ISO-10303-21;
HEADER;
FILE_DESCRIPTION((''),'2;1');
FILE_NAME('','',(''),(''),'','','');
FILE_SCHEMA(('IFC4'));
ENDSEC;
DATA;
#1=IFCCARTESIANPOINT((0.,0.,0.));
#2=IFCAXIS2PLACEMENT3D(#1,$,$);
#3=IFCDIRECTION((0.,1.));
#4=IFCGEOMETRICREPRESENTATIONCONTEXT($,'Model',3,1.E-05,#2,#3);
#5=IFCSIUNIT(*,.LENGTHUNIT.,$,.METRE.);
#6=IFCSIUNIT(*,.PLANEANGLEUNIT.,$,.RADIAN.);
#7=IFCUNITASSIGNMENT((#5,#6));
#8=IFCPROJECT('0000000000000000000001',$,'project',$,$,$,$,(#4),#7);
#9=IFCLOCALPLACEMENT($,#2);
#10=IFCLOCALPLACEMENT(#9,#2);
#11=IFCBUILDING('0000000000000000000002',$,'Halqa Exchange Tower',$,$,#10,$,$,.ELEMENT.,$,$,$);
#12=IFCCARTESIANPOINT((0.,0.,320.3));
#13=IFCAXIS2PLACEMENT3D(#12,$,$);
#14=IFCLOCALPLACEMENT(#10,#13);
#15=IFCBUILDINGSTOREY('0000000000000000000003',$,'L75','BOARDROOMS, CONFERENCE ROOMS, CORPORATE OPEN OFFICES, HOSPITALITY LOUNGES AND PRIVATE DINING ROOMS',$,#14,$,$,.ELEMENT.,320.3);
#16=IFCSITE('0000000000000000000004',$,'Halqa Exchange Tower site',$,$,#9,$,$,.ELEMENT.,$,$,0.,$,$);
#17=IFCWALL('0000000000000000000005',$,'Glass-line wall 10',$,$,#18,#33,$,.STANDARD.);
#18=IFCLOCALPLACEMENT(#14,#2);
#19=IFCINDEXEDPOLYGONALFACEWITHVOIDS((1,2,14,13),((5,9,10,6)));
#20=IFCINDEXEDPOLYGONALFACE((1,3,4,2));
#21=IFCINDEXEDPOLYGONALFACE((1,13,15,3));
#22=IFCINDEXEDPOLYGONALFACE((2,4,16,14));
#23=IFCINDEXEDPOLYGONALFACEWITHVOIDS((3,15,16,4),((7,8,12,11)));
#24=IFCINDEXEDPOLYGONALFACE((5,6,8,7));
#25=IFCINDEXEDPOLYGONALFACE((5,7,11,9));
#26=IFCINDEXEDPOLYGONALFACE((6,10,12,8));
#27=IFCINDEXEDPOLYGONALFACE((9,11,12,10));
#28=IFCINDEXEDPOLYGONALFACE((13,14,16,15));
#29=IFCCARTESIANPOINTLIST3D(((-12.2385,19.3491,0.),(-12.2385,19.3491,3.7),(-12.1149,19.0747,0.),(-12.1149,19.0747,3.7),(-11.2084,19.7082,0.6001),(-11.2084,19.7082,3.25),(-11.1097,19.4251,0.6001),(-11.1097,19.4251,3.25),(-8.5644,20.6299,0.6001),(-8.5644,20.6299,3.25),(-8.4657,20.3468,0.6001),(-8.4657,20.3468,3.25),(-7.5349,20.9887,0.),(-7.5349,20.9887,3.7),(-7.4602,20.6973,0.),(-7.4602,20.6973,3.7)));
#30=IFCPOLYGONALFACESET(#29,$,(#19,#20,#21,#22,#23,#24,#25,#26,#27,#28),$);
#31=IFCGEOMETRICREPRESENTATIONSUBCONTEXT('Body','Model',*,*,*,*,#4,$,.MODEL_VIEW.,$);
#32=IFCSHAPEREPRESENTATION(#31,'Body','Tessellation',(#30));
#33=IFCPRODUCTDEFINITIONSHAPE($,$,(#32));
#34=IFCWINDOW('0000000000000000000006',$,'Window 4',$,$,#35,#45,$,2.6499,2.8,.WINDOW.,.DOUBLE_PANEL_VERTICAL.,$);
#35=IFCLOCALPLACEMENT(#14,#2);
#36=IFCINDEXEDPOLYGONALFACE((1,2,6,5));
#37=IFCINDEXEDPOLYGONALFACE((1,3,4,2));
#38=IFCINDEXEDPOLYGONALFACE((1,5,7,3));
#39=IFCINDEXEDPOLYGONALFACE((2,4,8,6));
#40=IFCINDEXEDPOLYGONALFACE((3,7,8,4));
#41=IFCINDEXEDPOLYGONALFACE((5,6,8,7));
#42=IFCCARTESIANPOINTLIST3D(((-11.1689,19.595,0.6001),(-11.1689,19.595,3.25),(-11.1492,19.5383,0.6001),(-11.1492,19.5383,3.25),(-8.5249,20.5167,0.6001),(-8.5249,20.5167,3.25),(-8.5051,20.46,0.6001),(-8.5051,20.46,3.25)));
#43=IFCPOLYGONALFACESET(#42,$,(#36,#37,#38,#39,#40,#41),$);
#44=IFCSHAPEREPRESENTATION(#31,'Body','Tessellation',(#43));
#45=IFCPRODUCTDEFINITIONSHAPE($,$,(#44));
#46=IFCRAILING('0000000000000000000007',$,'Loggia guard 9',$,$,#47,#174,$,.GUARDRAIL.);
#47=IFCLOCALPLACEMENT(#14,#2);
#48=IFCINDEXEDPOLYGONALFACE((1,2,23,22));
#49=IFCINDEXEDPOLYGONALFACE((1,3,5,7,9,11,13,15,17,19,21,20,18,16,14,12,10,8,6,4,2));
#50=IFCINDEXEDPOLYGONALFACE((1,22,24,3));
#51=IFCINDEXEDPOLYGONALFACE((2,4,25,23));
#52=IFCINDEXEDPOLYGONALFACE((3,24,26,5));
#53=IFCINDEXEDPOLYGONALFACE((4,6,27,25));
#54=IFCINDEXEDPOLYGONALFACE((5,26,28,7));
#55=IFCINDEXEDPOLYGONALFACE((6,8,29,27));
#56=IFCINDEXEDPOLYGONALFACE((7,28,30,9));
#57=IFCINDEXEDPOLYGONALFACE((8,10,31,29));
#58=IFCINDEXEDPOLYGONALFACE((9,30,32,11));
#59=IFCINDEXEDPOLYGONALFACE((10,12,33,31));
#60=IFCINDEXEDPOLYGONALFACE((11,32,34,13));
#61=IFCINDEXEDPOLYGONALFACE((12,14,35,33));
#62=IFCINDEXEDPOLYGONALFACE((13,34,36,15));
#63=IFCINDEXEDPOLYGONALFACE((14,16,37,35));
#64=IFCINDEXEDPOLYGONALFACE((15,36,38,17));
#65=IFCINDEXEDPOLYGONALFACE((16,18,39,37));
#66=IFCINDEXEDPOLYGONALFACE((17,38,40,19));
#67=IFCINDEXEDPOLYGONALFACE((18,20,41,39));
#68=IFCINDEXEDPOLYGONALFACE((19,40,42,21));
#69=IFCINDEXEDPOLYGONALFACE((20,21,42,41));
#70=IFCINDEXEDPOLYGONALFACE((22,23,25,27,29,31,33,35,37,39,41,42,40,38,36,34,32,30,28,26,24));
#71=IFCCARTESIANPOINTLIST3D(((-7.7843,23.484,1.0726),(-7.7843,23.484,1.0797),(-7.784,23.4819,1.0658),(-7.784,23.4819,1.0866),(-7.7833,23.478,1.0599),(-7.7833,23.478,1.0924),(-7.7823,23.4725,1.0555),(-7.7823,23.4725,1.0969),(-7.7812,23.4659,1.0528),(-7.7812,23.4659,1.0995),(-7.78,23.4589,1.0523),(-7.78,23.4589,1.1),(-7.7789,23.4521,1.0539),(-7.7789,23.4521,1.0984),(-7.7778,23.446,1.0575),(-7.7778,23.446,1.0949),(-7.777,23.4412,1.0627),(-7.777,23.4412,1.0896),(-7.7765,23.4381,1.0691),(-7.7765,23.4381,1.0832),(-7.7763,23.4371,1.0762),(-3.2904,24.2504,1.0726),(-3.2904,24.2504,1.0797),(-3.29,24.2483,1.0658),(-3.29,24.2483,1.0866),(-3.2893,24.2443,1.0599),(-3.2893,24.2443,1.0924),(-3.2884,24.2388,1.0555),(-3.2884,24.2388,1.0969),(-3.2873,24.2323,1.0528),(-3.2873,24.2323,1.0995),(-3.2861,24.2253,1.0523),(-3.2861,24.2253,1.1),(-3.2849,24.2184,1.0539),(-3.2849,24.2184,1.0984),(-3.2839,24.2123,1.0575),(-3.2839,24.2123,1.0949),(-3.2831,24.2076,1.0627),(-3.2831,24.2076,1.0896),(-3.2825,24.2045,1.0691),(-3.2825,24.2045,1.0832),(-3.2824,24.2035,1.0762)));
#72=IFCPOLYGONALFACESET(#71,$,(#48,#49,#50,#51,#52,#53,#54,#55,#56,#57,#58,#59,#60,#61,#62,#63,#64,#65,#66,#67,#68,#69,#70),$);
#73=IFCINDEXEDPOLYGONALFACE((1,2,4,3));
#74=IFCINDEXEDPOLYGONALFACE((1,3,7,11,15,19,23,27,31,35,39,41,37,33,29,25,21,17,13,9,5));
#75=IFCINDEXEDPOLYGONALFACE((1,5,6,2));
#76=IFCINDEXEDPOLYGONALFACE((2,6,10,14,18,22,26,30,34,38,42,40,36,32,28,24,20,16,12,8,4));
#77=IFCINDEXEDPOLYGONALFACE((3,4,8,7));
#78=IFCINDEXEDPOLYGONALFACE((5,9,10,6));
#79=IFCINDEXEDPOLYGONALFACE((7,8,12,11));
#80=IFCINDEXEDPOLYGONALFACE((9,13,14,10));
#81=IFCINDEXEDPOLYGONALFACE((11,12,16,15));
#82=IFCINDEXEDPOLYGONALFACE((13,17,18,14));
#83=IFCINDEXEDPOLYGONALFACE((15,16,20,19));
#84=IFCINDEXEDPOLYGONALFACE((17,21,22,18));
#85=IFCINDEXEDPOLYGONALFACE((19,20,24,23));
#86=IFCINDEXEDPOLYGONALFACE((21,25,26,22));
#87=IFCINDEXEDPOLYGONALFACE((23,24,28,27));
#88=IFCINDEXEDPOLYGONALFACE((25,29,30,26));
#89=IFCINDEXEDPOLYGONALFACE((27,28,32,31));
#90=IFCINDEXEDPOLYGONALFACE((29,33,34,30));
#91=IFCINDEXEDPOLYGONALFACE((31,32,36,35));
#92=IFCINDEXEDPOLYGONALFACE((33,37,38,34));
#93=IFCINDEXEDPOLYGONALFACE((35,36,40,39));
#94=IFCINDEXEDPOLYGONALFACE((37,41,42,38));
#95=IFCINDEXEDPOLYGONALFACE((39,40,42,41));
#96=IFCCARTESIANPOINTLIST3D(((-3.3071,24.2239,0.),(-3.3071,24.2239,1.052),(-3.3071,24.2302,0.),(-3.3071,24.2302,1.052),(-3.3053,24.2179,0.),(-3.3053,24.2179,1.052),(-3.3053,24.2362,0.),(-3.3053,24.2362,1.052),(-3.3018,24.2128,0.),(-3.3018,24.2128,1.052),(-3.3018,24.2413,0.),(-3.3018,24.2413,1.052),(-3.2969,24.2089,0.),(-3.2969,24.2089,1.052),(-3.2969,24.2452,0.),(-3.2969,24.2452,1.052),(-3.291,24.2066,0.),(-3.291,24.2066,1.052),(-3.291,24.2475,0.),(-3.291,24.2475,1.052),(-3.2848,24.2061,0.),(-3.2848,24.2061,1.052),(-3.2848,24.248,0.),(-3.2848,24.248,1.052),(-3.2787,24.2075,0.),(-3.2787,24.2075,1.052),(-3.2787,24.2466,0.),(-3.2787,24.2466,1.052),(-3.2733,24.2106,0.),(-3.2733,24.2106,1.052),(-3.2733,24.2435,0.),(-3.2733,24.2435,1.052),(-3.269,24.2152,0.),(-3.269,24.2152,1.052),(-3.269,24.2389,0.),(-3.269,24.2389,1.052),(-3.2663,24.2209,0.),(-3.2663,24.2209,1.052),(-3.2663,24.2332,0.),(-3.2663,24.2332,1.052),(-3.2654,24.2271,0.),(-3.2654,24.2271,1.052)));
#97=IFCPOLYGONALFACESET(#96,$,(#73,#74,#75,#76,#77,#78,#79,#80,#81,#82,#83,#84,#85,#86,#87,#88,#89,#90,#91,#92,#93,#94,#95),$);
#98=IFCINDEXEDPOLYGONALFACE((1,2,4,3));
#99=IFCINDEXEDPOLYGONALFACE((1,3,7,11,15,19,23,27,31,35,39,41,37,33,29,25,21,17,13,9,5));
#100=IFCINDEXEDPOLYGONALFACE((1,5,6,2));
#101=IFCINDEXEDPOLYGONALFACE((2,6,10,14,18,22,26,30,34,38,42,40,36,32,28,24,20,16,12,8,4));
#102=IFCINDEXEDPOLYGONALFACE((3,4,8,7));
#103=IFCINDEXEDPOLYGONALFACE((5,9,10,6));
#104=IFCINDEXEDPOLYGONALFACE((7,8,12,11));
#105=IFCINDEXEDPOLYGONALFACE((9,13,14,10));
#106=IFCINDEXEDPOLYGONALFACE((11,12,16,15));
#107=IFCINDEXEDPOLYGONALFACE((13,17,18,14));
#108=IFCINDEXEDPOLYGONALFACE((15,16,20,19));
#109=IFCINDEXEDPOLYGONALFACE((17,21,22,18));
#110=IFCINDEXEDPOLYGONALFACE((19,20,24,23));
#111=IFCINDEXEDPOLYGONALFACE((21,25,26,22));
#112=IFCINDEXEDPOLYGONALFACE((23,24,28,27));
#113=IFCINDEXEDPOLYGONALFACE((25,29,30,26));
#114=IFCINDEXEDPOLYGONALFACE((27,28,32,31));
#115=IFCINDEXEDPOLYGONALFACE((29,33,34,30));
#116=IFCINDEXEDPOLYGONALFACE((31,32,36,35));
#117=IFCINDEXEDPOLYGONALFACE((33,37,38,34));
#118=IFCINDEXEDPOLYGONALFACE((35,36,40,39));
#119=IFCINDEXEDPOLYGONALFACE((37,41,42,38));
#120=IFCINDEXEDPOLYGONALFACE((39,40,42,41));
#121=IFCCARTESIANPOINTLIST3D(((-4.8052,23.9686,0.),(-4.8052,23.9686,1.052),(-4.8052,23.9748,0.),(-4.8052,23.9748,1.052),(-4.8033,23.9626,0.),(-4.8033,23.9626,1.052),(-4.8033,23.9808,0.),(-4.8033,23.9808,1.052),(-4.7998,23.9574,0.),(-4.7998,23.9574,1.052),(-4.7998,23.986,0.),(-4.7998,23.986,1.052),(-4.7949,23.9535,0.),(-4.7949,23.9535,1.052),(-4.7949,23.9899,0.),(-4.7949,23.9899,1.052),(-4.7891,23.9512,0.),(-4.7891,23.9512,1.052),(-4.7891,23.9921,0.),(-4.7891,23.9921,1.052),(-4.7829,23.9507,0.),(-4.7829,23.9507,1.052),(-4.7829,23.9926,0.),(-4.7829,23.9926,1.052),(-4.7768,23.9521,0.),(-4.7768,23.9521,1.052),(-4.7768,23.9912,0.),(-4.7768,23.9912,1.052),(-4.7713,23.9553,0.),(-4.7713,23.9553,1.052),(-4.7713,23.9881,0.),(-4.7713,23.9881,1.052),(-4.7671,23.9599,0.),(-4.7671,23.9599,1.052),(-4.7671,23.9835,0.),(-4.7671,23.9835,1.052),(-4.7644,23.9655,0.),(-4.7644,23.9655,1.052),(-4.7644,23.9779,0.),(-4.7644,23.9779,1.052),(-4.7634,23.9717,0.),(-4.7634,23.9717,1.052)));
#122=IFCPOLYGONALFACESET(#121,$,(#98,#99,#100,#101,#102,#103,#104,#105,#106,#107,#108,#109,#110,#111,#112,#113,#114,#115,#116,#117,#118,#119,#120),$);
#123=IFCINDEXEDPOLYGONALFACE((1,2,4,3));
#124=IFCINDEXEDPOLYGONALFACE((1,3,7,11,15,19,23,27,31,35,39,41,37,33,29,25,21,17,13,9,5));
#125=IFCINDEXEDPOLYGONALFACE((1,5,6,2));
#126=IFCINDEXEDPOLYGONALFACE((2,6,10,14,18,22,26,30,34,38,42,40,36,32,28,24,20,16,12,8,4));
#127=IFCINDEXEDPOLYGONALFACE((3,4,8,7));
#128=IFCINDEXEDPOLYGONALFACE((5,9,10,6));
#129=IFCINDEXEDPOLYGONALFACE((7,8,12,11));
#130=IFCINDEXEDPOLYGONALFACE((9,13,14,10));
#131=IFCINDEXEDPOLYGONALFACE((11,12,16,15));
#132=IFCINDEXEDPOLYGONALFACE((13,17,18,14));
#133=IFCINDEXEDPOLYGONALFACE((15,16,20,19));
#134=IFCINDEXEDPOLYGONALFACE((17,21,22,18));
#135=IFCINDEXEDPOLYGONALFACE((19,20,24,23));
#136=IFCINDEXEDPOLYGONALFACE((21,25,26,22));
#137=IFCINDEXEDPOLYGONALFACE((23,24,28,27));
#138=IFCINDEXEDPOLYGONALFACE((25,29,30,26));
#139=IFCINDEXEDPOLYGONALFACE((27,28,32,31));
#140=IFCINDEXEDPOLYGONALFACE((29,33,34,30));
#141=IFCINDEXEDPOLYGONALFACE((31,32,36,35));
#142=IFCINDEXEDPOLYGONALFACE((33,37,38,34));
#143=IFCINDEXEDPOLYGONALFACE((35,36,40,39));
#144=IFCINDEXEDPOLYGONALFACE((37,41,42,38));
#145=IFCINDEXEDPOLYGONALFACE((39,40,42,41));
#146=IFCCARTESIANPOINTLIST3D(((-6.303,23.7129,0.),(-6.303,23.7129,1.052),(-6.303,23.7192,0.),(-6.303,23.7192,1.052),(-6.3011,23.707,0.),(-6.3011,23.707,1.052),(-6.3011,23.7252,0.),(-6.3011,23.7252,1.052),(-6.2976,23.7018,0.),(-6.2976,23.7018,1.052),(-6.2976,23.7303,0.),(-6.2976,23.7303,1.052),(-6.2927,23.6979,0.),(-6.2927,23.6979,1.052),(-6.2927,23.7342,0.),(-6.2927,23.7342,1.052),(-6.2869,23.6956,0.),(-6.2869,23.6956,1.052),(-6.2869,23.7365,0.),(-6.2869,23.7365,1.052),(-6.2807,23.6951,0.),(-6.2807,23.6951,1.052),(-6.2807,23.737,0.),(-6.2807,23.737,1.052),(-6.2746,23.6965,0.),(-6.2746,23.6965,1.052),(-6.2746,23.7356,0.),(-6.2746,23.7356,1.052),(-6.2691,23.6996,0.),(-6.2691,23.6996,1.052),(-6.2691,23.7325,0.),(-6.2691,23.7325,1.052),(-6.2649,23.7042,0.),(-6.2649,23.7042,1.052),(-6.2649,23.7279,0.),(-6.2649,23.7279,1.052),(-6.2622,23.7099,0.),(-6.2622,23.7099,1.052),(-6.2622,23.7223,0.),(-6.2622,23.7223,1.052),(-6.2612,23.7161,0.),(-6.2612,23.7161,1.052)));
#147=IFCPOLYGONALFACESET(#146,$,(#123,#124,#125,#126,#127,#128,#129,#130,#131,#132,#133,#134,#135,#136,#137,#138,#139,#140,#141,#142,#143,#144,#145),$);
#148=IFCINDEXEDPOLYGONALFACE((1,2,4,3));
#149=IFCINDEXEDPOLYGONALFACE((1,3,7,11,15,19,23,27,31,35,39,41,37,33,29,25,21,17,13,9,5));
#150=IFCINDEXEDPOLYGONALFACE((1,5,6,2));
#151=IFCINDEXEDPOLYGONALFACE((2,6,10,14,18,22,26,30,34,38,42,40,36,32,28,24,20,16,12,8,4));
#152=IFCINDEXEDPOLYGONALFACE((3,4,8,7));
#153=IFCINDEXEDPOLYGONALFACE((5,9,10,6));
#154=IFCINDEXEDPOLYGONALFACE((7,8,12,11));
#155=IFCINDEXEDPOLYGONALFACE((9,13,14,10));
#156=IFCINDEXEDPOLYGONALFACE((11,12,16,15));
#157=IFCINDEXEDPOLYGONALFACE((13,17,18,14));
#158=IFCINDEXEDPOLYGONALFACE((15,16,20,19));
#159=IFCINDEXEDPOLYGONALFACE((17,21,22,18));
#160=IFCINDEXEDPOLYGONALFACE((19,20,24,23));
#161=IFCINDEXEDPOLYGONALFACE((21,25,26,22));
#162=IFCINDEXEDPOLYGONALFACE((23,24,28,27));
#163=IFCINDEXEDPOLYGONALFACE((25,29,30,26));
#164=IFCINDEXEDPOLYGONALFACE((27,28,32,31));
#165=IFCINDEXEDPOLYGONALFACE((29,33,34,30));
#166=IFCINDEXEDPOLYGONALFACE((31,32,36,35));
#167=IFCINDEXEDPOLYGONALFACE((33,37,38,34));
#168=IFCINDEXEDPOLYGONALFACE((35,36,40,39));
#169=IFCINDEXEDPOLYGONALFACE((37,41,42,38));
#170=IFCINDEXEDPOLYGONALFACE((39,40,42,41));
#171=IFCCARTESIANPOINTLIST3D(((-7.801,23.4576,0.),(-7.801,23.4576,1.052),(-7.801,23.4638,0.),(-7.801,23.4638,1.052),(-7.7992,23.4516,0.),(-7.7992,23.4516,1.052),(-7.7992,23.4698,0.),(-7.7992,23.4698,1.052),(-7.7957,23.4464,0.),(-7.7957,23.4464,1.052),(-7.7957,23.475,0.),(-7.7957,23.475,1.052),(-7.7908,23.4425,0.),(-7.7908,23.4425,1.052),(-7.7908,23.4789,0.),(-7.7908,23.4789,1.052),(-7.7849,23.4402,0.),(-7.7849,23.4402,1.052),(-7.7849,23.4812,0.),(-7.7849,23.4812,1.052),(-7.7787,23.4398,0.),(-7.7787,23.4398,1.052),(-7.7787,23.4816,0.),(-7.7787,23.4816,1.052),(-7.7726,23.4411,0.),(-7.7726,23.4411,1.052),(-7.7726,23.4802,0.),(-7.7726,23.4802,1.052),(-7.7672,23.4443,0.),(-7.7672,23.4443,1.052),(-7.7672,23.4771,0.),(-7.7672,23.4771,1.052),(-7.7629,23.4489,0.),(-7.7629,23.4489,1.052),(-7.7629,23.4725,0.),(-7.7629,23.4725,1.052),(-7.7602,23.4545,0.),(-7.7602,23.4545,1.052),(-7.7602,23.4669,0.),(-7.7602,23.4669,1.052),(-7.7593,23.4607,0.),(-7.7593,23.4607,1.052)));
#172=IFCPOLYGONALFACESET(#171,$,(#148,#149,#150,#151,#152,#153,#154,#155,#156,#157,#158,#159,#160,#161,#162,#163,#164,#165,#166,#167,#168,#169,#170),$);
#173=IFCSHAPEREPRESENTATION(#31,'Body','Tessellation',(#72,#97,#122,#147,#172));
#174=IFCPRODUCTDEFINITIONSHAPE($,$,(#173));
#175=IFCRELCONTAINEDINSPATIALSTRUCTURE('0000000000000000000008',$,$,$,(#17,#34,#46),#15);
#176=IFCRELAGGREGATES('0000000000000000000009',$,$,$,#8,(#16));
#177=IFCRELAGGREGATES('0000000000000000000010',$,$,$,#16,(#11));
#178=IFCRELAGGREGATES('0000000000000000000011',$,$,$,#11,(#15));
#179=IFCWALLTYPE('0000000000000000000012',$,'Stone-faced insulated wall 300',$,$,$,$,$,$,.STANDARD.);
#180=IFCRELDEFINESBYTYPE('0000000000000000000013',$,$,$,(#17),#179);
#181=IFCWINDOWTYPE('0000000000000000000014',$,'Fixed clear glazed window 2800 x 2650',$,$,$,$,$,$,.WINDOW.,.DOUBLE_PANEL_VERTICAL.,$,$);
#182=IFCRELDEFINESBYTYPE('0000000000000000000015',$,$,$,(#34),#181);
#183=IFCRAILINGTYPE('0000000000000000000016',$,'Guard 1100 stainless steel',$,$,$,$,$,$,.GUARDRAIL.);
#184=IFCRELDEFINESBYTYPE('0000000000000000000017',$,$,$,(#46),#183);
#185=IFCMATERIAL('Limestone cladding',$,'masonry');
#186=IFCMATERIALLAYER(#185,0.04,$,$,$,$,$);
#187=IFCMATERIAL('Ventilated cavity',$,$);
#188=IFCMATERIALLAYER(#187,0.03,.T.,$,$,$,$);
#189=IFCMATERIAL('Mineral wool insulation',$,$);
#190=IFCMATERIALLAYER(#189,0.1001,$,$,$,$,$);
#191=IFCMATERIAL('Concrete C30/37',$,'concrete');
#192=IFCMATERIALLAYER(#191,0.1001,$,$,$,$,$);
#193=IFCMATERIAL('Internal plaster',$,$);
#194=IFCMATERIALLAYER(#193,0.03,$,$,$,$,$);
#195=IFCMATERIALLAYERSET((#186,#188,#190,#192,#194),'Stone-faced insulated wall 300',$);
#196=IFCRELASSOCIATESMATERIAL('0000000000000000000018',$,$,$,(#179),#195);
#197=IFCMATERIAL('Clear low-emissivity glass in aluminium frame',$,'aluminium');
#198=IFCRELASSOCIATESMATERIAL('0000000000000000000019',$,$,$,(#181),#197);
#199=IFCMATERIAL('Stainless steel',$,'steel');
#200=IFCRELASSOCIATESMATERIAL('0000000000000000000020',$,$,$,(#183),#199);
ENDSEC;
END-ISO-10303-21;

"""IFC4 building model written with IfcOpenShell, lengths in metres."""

from ifc_helpers import new_model, si_unit, direction, frame, frame_2d, origin, origin_2d, place, context, subcontext, project, spatial, polyline, rectangle, circle, outline, extrude, material, layer, layer_set, type_object, element, fill, save


model = new_model("IFC4")

# Units and contexts
model_context = context("Model", 3, precision=1e-05, world=origin(), true_north=direction((0.0, 1.0)))
body_context = subcontext(model_context, "Body", "Model", "MODEL_VIEW")
ifc_project = project(units=[si_unit("LENGTHUNIT", "METRE"), si_unit("PLANEANGLEUNIT", "RADIAN")], contexts=[model_context])

# Site, building, storey
site_placement = place(None, origin())
site = spatial("IfcSite", under=ifc_project, at=site_placement, Name="Halqa Exchange Tower site", CompositionType="ELEMENT", RefElevation=0.0)
building_placement = place(site_placement, origin())
building = spatial("IfcBuilding", under=site, at=building_placement, Name="Halqa Exchange Tower", CompositionType="ELEMENT")
storey_placement = place(building_placement, frame((0.0, 0.0, 320.3)))
storey = spatial("IfcBuildingStorey", under=building, at=storey_placement, Name="L75", Description="BOARDROOMS, CONFERENCE ROOMS, CORPORATE OPEN OFFICES, HOSPITALITY LOUNGES AND PRIVATE DINING ROOMS", CompositionType="ELEMENT", Elevation=320.3)

# Shared definitions
ifc_material_1 = material(Name="Concrete C30/37", Category="concrete")

# Wall, opening, window
ifc_material_2 = material(Name="Limestone cladding", Category="masonry")
ifc_layer_1 = layer(ifc_material_2, 0.04)
ifc_material_3 = material(Name="Ventilated cavity")
ifc_layer_2 = layer(ifc_material_3, 0.03, ventilated=True)
ifc_material_4 = material(Name="Mineral wool insulation")
ifc_layer_3 = layer(ifc_material_4, 0.1001)
ifc_layer_4 = layer(ifc_material_1, 0.1001)
ifc_material_5 = material(Name="Internal plaster")
ifc_layer_5 = layer(ifc_material_5, 0.03)
ifc_layer_set_1 = layer_set([ifc_layer_1, ifc_layer_2, ifc_layer_3, ifc_layer_4, ifc_layer_5], Name="Stone-faced insulated wall 300")
wall_type_1 = type_object("IfcWallType", Name="Stone-faced insulated wall 300", PredefinedType="STANDARD", material=ifc_layer_set_1)
ifc_material_6 = material(Name="Clear low-emissivity glass in aluminium frame", Category="aluminium")
window_type = type_object("IfcWindowType", Name="Fixed clear glazed window 2800 x 2650", PartitioningType="DOUBLE_PANEL_VERTICAL", PredefinedType="WINDOW", material=ifc_material_6)
wall_1_placement = place(storey_placement, frame((-7.4976, 20.843, 0.0), z_axis=(0.0, 0.0, 1.0), x_axis=(-0.944274, -0.329161, 0.0)))
wall_1 = element("IfcWall", 1, at=wall_1_placement, inside=storey, type_object=wall_type_1, Name="Glass-line wall 10", PredefinedType="STANDARD", context=body_context, shape_type="SweptSolid", body=[
    extrude(outline(polyline([(-0.0127, -0.1499), (4.9685, -0.1499), (4.9421, 0.1499), (0.0127, 0.1499), (-0.0127, -0.1499)])), origin(), (0.0, 0.0, 1.0), 3.7),
])
opening_1_placement = place(wall_1_placement, frame((1.0776, 0.0, 0.6001)))
opening_1 = element("IfcOpeningElement", 2, at=opening_1_placement, cuts=wall_1, PredefinedType="OPENING", context=body_context, shape_type="SweptSolid", body=[
    extrude(rectangle(XDim=2.8, YDim=2.6499, at=frame_2d((1.3999, 1.325))), frame((0.0, 0.1621, 0.0), z_axis=(0.0, -1.0, 0.0), x_axis=(1.0, 0.0, 0.0)), (0.0, 0.0, 1.0), 0.324),
])
window_1_placement = place(opening_1_placement, origin())
window_1 = element("IfcWindow", 3, at=window_1_placement, inside=storey, type_object=window_type, Name="Window 4", OverallHeight=2.6499, OverallWidth=2.8, PartitioningType="DOUBLE_PANEL_VERTICAL", PredefinedType="WINDOW", context=body_context, shape_type="SweptSolid", body=[
    extrude(rectangle(XDim=2.8, YDim=2.6499, at=frame_2d((1.3999, 1.325))), frame((0.0, 0.03, 0.0), z_axis=(0.0, -1.0, 0.0), x_axis=(1.0, 0.0, 0.0)), (0.0, 0.0, 1.0), 0.0601),
])
fill(opening_1, window_1)

# Railing
ifc_material_7 = material(Name="Stainless steel", Category="steel")
railing_type = type_object("IfcRailingType", Name="Guard 1100 stainless steel", PredefinedType="GUARDRAIL", material=ifc_material_7)
railing_1_placement = place(storey_placement, frame((-3.2864, 24.2271, 0.0)))
element("IfcRailing", 4, at=railing_1_placement, inside=storey, type_object=railing_type, Name="Loggia guard 9", PredefinedType="GUARDRAIL", context=body_context, shape_type="SweptSolid", body=[
    extrude(circle(Radius=0.0239, at=origin_2d()), frame((0.0, 0.0, 1.0762), z_axis=(-0.985769, -0.168106, 0.0), x_axis=(0.168106, -0.985769, 0.0)), (0.0, 0.0, 1.0), 4.5588),
    extrude(circle(Radius=0.021, at=origin_2d()), origin(), (0.0, 0.0, 1.0), 1.052),
    extrude(circle(Radius=0.021, at=origin_2d()), frame((-1.498, -0.2554, 0.0)), (0.0, 0.0, 1.0), 1.052),
    extrude(circle(Radius=0.021, at=origin_2d()), frame((-2.9958, -0.511, 0.0)), (0.0, 0.0, 1.0), 1.052),
    extrude(circle(Radius=0.021, at=origin_2d()), frame((-4.4939, -0.7664, 0.0)), (0.0, 0.0, 1.0), 1.052),
])

save(model, "model.ifc")
